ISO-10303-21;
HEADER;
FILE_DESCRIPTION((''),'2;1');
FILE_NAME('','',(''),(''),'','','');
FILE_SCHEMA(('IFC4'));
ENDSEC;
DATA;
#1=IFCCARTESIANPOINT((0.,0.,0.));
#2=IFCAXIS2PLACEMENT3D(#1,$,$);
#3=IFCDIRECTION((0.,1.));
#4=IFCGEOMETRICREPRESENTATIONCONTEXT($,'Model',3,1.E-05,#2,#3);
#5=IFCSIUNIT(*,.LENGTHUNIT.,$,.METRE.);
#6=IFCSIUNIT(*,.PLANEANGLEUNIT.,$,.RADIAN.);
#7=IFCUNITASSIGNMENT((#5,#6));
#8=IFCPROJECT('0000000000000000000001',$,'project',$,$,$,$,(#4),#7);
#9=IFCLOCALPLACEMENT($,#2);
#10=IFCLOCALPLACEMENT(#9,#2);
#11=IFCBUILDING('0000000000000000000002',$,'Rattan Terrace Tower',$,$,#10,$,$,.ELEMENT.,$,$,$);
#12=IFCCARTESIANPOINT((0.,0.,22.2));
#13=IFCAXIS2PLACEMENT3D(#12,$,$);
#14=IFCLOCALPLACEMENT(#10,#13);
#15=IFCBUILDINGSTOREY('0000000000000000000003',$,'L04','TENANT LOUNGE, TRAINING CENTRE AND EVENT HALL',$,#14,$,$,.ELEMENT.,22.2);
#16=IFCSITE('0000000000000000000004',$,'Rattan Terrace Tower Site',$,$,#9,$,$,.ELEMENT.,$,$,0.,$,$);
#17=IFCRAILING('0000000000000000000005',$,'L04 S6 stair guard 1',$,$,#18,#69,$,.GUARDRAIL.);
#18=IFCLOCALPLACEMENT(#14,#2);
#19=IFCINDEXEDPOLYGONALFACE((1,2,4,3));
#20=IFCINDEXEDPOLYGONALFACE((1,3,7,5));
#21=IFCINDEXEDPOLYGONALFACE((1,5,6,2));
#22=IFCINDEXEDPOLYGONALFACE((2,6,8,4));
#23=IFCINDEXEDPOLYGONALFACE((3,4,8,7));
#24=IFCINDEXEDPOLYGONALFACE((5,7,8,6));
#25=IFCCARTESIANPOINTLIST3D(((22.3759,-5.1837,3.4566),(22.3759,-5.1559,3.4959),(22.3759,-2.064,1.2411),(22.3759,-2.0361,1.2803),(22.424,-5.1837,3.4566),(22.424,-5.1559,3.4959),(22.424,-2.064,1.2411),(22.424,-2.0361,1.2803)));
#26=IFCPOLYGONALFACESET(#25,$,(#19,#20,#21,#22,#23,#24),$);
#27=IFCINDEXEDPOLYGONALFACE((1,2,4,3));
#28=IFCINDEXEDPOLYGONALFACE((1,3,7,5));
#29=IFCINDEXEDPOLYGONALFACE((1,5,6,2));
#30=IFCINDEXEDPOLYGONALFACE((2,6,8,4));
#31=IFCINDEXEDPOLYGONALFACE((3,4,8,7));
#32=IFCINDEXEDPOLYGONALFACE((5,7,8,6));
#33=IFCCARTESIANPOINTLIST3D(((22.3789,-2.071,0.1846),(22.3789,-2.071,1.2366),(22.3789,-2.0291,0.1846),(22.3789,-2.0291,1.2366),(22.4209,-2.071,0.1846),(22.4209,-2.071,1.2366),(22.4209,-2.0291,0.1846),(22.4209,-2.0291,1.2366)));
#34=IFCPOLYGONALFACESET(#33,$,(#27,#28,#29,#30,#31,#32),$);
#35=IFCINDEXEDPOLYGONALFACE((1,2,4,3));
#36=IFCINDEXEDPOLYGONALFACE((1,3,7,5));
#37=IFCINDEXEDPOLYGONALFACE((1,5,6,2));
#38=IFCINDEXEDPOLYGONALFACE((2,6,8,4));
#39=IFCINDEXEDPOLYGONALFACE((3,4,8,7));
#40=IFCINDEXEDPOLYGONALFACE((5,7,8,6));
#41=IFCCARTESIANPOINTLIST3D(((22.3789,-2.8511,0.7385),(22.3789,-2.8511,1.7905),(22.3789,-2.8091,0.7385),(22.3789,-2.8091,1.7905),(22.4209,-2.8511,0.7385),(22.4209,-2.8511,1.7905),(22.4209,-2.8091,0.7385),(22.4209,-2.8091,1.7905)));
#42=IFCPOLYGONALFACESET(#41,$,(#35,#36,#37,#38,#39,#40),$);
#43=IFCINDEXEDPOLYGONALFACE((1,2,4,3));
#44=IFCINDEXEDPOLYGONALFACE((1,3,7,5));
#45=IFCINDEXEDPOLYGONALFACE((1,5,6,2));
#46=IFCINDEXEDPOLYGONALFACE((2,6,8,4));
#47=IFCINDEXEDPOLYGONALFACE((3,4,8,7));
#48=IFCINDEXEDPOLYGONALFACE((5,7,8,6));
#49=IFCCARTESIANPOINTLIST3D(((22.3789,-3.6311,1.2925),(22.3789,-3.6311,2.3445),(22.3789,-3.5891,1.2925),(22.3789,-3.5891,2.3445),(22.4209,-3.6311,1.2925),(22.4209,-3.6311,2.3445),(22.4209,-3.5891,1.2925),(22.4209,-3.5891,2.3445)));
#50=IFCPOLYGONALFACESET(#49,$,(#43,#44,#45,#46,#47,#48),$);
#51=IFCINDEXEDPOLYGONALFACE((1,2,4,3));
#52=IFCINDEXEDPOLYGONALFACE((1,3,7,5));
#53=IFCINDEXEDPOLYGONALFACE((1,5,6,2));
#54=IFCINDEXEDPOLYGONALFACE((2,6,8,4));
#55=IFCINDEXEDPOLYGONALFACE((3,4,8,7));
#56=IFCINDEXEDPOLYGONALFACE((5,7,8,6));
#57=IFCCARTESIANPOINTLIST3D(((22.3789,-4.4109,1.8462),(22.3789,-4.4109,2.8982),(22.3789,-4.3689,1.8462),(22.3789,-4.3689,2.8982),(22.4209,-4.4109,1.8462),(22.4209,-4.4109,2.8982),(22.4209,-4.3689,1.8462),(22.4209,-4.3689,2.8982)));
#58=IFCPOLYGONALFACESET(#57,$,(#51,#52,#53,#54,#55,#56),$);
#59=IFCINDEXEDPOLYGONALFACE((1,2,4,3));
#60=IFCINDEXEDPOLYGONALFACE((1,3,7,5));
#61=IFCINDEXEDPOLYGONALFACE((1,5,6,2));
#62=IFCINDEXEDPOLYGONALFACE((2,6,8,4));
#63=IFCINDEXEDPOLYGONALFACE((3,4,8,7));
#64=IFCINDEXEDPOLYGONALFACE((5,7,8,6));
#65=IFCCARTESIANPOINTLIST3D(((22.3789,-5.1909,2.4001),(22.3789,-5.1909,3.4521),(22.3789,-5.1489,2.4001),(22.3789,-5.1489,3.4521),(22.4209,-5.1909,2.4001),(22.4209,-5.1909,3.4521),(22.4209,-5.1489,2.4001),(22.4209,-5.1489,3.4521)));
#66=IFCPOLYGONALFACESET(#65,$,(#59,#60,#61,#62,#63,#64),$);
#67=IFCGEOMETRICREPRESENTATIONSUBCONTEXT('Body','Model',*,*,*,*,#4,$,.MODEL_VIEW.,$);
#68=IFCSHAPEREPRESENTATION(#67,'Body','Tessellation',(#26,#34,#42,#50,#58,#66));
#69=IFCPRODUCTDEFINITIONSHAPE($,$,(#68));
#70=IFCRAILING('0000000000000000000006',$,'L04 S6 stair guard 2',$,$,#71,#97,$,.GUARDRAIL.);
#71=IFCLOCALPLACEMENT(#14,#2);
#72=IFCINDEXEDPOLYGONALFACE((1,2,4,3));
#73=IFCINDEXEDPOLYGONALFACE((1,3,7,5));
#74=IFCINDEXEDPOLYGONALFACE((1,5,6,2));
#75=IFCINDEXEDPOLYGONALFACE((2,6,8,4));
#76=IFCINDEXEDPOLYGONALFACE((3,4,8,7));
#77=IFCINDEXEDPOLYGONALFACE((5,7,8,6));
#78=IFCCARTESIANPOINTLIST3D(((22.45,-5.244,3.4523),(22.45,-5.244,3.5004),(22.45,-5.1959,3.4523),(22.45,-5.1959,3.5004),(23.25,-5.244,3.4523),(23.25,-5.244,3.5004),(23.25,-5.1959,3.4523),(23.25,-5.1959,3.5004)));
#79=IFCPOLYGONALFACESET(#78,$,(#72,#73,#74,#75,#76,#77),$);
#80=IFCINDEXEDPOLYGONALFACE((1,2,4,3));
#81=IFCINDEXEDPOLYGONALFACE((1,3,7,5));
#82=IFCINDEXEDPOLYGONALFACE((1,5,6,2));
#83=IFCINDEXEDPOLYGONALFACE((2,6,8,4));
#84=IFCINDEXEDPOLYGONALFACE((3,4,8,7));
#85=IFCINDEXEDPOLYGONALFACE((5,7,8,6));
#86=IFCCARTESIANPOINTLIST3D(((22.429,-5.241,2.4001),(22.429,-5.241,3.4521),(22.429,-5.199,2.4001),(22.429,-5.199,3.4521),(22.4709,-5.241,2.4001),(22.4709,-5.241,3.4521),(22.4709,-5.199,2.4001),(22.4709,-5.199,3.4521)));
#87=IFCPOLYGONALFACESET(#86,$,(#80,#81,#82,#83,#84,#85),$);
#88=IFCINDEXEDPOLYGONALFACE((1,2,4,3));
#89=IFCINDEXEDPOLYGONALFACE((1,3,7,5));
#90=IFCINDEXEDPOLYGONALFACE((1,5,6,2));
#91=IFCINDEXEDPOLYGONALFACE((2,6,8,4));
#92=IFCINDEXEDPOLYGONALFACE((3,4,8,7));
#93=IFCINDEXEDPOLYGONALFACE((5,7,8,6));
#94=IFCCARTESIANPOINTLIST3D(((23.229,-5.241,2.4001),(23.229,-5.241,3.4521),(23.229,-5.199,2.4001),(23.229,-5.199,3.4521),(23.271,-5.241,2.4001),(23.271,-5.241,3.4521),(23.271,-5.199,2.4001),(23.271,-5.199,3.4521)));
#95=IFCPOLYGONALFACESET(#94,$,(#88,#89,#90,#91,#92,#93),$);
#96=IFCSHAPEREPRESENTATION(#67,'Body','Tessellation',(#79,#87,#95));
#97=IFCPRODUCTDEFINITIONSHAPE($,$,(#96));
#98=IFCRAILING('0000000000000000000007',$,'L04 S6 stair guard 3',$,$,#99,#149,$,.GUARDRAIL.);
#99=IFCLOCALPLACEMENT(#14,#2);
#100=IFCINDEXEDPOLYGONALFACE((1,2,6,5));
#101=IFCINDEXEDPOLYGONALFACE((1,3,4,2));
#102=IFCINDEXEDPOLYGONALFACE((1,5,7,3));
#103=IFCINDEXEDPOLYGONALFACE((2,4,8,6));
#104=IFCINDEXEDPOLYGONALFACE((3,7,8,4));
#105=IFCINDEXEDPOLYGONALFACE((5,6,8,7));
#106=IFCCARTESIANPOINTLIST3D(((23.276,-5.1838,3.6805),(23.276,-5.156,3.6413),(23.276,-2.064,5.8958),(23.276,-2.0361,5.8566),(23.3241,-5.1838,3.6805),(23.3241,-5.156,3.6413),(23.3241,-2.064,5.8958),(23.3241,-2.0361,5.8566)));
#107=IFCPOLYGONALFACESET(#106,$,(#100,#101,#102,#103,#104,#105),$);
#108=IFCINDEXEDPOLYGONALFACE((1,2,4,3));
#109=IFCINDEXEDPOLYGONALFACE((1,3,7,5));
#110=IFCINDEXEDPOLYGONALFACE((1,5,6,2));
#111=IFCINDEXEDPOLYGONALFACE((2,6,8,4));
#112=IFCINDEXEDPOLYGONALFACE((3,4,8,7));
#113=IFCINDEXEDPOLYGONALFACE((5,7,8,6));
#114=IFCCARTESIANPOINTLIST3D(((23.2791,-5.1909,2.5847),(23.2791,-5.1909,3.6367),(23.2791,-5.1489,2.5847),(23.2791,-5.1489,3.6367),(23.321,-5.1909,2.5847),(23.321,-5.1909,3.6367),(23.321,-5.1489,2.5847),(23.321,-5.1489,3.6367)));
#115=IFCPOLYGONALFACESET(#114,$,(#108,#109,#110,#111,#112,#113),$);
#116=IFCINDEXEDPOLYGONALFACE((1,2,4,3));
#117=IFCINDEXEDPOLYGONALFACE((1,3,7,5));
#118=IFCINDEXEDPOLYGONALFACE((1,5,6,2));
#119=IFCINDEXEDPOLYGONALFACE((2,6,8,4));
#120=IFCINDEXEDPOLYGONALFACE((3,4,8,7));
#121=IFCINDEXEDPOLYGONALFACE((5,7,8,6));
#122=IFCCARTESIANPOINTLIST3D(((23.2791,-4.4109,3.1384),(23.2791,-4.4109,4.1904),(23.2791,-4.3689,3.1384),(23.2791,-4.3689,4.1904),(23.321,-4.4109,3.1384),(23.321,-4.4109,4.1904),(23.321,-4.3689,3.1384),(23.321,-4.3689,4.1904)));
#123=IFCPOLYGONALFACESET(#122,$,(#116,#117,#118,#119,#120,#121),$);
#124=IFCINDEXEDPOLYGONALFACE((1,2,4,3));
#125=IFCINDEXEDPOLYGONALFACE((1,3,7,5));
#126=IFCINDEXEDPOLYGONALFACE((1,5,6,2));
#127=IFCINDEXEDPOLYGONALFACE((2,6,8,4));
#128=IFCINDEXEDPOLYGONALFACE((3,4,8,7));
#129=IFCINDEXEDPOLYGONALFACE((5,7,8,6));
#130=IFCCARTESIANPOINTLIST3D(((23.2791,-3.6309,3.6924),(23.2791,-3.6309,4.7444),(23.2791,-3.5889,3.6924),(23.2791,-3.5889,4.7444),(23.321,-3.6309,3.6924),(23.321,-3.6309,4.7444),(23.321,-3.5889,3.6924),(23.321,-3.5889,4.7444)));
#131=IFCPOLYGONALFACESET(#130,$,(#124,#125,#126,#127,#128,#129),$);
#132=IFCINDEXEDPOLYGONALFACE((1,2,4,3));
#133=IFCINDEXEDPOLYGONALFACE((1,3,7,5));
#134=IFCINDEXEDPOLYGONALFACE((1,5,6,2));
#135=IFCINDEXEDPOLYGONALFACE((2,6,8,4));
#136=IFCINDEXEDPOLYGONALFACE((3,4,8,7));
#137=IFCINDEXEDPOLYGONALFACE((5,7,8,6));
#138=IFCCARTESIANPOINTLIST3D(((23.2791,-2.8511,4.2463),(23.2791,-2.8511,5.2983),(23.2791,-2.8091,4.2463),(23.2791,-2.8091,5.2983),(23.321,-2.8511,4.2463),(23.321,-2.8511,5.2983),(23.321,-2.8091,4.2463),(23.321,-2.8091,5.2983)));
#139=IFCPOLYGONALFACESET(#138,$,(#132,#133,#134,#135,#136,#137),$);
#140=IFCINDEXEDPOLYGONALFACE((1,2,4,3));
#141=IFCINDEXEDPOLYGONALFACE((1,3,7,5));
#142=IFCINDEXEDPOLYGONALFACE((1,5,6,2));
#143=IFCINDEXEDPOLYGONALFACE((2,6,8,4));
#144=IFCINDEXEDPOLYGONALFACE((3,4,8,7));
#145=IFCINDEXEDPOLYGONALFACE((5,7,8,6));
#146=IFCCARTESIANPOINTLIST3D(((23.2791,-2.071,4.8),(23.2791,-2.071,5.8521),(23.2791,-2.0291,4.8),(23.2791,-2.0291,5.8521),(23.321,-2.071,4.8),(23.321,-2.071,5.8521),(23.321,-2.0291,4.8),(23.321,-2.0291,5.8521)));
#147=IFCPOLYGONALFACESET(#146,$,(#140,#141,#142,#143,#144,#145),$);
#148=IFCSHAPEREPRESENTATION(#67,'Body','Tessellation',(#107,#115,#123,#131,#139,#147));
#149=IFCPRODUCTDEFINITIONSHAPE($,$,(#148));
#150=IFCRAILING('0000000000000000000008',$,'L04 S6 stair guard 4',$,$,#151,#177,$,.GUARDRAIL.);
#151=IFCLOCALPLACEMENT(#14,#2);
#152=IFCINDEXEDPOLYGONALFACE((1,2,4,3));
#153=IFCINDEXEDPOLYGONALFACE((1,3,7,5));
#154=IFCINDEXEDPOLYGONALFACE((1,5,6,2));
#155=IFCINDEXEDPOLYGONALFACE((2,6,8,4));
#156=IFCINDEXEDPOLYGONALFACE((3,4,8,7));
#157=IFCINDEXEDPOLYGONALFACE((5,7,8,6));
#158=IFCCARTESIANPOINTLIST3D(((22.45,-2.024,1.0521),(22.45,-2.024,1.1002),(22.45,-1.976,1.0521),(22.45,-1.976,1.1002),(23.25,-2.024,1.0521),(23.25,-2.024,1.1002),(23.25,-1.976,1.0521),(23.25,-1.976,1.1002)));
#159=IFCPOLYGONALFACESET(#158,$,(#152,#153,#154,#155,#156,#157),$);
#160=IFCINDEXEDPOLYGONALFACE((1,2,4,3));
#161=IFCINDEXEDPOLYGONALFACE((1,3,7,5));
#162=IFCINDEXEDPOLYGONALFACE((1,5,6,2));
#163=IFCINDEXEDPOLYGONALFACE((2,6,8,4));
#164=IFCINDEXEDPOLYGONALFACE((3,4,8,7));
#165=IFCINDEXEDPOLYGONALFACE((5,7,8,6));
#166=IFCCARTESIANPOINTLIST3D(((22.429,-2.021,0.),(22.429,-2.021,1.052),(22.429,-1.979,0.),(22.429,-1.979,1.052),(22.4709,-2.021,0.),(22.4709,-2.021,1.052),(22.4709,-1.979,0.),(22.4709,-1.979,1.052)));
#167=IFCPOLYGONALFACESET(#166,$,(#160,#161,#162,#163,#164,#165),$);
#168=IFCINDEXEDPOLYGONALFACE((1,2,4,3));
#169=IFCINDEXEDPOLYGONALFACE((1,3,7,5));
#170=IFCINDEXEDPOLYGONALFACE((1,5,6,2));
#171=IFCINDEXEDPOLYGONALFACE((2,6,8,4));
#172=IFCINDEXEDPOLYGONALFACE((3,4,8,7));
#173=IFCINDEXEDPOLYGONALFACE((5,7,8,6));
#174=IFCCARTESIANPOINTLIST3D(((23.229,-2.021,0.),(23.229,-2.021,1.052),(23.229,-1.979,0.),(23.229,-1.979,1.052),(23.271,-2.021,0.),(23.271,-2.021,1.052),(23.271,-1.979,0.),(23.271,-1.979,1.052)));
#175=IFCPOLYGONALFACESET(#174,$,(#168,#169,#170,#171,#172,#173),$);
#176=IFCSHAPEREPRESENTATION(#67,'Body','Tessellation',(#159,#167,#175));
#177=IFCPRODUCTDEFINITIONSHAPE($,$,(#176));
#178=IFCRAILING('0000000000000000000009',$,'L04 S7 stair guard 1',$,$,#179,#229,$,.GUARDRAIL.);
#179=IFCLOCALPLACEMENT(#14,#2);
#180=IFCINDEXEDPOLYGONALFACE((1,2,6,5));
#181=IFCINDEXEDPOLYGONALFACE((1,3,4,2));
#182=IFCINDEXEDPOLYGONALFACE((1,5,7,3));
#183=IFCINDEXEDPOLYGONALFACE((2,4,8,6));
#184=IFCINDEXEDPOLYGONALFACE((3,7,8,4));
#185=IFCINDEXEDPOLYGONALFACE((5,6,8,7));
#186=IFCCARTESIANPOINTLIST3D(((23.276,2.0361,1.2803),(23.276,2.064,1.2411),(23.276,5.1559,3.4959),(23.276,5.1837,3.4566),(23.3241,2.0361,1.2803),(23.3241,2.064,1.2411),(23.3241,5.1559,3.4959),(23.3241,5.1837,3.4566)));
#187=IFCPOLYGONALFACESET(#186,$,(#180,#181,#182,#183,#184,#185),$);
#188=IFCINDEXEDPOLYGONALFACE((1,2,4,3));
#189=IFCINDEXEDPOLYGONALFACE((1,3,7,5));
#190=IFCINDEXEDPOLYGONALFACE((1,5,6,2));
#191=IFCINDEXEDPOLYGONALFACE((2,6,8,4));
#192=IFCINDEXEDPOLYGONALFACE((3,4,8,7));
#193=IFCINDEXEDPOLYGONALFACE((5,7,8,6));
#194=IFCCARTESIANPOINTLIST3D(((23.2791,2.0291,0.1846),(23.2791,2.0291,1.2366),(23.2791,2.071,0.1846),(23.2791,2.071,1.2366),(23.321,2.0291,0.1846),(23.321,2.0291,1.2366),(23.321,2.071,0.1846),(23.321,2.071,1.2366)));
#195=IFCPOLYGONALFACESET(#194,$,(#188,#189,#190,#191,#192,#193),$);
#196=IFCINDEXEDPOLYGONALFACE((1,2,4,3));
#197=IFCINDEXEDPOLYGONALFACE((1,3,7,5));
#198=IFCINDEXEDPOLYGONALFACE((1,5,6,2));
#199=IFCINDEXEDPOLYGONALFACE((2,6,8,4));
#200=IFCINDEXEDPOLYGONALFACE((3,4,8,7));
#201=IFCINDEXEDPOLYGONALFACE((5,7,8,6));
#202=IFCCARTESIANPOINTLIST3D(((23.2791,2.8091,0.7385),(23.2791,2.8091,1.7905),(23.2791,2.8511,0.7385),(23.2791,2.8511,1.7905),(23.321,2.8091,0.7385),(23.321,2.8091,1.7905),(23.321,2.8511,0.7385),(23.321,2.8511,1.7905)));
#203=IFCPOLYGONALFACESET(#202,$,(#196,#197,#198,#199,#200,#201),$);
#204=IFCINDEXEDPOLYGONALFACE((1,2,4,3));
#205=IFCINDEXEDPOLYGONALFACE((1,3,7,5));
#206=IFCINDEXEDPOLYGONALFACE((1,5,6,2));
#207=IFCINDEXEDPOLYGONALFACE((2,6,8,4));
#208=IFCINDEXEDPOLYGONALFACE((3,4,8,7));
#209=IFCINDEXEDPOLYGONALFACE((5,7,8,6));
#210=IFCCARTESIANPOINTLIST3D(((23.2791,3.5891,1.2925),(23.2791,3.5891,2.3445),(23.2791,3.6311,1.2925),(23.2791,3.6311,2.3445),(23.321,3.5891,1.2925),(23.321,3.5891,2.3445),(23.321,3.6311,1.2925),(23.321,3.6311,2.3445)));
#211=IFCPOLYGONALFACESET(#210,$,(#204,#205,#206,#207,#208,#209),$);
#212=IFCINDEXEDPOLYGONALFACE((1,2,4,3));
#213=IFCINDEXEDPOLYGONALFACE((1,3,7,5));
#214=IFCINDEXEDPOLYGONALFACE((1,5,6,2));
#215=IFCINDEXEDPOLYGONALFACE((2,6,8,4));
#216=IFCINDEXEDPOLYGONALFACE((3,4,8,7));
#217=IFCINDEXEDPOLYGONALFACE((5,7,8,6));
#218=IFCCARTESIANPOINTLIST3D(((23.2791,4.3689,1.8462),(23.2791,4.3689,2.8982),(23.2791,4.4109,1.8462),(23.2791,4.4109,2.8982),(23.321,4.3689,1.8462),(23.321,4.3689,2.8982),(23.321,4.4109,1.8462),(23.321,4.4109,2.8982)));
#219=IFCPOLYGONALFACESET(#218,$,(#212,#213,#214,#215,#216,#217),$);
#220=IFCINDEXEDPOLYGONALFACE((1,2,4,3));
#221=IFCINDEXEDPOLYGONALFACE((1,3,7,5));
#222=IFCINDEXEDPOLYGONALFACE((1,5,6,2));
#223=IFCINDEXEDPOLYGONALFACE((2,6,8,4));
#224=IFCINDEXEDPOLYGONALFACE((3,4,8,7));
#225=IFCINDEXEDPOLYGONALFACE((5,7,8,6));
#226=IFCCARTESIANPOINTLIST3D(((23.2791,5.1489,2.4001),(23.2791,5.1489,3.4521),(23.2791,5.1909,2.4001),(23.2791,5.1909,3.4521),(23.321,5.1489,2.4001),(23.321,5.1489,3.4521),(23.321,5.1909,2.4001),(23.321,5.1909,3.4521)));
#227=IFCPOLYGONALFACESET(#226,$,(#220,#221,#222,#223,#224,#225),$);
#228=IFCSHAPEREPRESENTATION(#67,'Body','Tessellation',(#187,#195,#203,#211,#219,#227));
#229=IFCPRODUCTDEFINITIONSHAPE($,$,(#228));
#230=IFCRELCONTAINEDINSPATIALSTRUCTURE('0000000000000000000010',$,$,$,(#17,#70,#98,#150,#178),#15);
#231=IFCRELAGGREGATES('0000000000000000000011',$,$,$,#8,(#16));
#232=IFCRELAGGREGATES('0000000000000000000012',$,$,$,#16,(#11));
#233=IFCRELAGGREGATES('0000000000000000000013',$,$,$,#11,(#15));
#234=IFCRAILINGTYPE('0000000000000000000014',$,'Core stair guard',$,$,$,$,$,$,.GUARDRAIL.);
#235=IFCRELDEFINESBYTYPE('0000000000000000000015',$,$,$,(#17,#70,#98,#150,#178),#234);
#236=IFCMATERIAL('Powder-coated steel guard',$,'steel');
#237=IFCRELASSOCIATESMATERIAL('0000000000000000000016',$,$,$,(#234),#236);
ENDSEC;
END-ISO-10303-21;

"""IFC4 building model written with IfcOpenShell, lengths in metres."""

from ifc_helpers import new_model, si_unit, direction, frame, origin, origin_2d, place, context, subcontext, project, spatial, rectangle, extrude, material, type_object, element, save


model = new_model("IFC4")

# Units and contexts
model_context = context("Model", 3, precision=1e-05, world=origin(), true_north=direction((0.0, 1.0)))
body_context = subcontext(model_context, "Body", "Model", "MODEL_VIEW")
ifc_project = project(units=[si_unit("LENGTHUNIT", "METRE"), si_unit("PLANEANGLEUNIT", "RADIAN")], contexts=[model_context])

# Site, building, storey
site_placement = place(None, origin())
site = spatial("IfcSite", under=ifc_project, at=site_placement, Name="Rattan Terrace Tower Site", CompositionType="ELEMENT", RefElevation=0.0)
building_placement = place(site_placement, origin())
building = spatial("IfcBuilding", under=site, at=building_placement, Name="Rattan Terrace Tower", CompositionType="ELEMENT")
storey_placement = place(building_placement, frame((0.0, 0.0, 22.2)))
storey = spatial("IfcBuildingStorey", under=building, at=storey_placement, Name="L04", Description="TENANT LOUNGE, TRAINING CENTRE AND EVENT HALL", CompositionType="ELEMENT", Elevation=22.2)

# Railings
ifc_material_1 = material(Name="Powder-coated steel guard", Category="steel")
railing_type_1 = type_object("IfcRailingType", Name="Core stair guard", PredefinedType="GUARDRAIL", material=ifc_material_1)
railing_1_placement = place(storey_placement, frame((22.3999, -2.05, 0.1846)))
element("IfcRailing", 1, at=railing_1_placement, inside=storey, type_object=railing_type_1, Name="L04 S6 stair guard 1", PredefinedType="GUARDRAIL", context=body_context, shape_type="SweptSolid", body=[
    extrude(rectangle(XDim=0.0481, YDim=0.0481, at=origin_2d()), frame((0.0, 0.0, 1.0762), z_axis=(0.0, -0.815325, 0.579003), x_axis=(1.0, 0.0, 0.0)), (0.0, 0.0, 1.0), 3.8264),
    extrude(rectangle(XDim=0.042, YDim=0.042, at=origin_2d()), origin(), (0.0, 0.0, 1.0), 1.052),
    extrude(rectangle(XDim=0.042, YDim=0.042, at=origin_2d()), frame((0.0, -0.78, 0.554)), (0.0, 0.0, 1.0), 1.052),
    extrude(rectangle(XDim=0.042, YDim=0.042, at=origin_2d()), frame((0.0, -1.5601, 1.1079)), (0.0, 0.0, 1.0), 1.052),
    extrude(rectangle(XDim=0.042, YDim=0.042, at=origin_2d()), frame((0.0, -2.3398, 1.6616)), (0.0, 0.0, 1.0), 1.052),
    extrude(rectangle(XDim=0.042, YDim=0.042, at=origin_2d()), frame((0.0, -3.1199, 2.2156)), (0.0, 0.0, 1.0), 1.052),
])
railing_2_placement = place(storey_placement, frame((22.45, -5.22, 2.4001)))
element("IfcRailing", 2, at=railing_2_placement, inside=storey, type_object=railing_type_1, Name="L04 S6 stair guard 2", PredefinedType="GUARDRAIL", context=body_context, shape_type="SweptSolid", body=[
    extrude(rectangle(XDim=0.0481, YDim=0.0481, at=origin_2d()), frame((0.0, 0.0, 1.0762), z_axis=(1.0, 0.0, 0.0), x_axis=(0.0, 1.0, 0.0)), (0.0, 0.0, 1.0), 0.8),
    extrude(rectangle(XDim=0.042, YDim=0.042, at=origin_2d()), origin(), (0.0, 0.0, 1.0), 1.052),
    extrude(rectangle(XDim=0.042, YDim=0.042, at=origin_2d()), frame((0.8, 0.0, 0.0)), (0.0, 0.0, 1.0), 1.052),
])
railing_3_placement = place(storey_placement, frame((23.3, -5.1699, 2.5847)))
element("IfcRailing", 3, at=railing_3_placement, inside=storey, type_object=railing_type_1, Name="L04 S6 stair guard 3", PredefinedType="GUARDRAIL", context=body_context, shape_type="SweptSolid", body=[
    extrude(rectangle(XDim=0.0481, YDim=0.0481, at=origin_2d()), frame((0.0, 0.0, 1.0762), z_axis=(0.0, 0.815356, 0.578961), x_axis=(-1.0, 0.0, 0.0)), (0.0, 0.0, 1.0), 3.8264),
    extrude(rectangle(XDim=0.042, YDim=0.042, at=origin_2d()), origin(), (0.0, 0.0, 1.0), 1.052),
    extrude(rectangle(XDim=0.042, YDim=0.042, at=origin_2d()), frame((0.0, 0.78, 0.5537)), (0.0, 0.0, 1.0), 1.052),
    extrude(rectangle(XDim=0.042, YDim=0.042, at=origin_2d()), frame((0.0, 1.5601, 1.1077)), (0.0, 0.0, 1.0), 1.052),
    extrude(rectangle(XDim=0.042, YDim=0.042, at=origin_2d()), frame((0.0, 2.3398, 1.6616)), (0.0, 0.0, 1.0), 1.052),
    extrude(rectangle(XDim=0.042, YDim=0.042, at=origin_2d()), frame((0.0, 3.1199, 2.2153)), (0.0, 0.0, 1.0), 1.052),
])
railing_4_placement = place(storey_placement, frame((22.45, -2.0, 0.0)))
element("IfcRailing", 4, at=railing_4_placement, inside=storey, type_object=railing_type_1, Name="L04 S6 stair guard 4", PredefinedType="GUARDRAIL", context=body_context, shape_type="SweptSolid", body=[
    extrude(rectangle(XDim=0.0481, YDim=0.0481, at=origin_2d()), frame((0.0, 0.0, 1.0762), z_axis=(1.0, 0.0, 0.0), x_axis=(0.0, 1.0, 0.0)), (0.0, 0.0, 1.0), 0.8),
    extrude(rectangle(XDim=0.042, YDim=0.042, at=origin_2d()), origin(), (0.0, 0.0, 1.0), 1.052),
    extrude(rectangle(XDim=0.042, YDim=0.042, at=origin_2d()), frame((0.8, 0.0, 0.0)), (0.0, 0.0, 1.0), 1.052),
])
railing_5_placement = place(storey_placement, frame((23.3, 2.05, 0.1846)))
element("IfcRailing", 5, at=railing_5_placement, inside=storey, type_object=railing_type_1, Name="L04 S7 stair guard 1", PredefinedType="GUARDRAIL", context=body_context, shape_type="SweptSolid", body=[
    extrude(rectangle(XDim=0.0481, YDim=0.0481, at=origin_2d()), frame((0.0, 0.0, 1.0762), z_axis=(0.0, 0.815325, 0.579003), x_axis=(-1.0, 0.0, 0.0)), (0.0, 0.0, 1.0), 3.8264),
    extrude(rectangle(XDim=0.042, YDim=0.042, at=origin_2d()), origin(), (0.0, 0.0, 1.0), 1.052),
    extrude(rectangle(XDim=0.042, YDim=0.042, at=origin_2d()), frame((0.0, 0.78, 0.554)), (0.0, 0.0, 1.0), 1.052),
    extrude(rectangle(XDim=0.042, YDim=0.042, at=origin_2d()), frame((0.0, 1.5601, 1.1079)), (0.0, 0.0, 1.0), 1.052),
    extrude(rectangle(XDim=0.042, YDim=0.042, at=origin_2d()), frame((0.0, 2.3398, 1.6616)), (0.0, 0.0, 1.0), 1.052),
    extrude(rectangle(XDim=0.042, YDim=0.042, at=origin_2d()), frame((0.0, 3.1199, 2.2156)), (0.0, 0.0, 1.0), 1.052),
])

save(model, "model.ifc")
